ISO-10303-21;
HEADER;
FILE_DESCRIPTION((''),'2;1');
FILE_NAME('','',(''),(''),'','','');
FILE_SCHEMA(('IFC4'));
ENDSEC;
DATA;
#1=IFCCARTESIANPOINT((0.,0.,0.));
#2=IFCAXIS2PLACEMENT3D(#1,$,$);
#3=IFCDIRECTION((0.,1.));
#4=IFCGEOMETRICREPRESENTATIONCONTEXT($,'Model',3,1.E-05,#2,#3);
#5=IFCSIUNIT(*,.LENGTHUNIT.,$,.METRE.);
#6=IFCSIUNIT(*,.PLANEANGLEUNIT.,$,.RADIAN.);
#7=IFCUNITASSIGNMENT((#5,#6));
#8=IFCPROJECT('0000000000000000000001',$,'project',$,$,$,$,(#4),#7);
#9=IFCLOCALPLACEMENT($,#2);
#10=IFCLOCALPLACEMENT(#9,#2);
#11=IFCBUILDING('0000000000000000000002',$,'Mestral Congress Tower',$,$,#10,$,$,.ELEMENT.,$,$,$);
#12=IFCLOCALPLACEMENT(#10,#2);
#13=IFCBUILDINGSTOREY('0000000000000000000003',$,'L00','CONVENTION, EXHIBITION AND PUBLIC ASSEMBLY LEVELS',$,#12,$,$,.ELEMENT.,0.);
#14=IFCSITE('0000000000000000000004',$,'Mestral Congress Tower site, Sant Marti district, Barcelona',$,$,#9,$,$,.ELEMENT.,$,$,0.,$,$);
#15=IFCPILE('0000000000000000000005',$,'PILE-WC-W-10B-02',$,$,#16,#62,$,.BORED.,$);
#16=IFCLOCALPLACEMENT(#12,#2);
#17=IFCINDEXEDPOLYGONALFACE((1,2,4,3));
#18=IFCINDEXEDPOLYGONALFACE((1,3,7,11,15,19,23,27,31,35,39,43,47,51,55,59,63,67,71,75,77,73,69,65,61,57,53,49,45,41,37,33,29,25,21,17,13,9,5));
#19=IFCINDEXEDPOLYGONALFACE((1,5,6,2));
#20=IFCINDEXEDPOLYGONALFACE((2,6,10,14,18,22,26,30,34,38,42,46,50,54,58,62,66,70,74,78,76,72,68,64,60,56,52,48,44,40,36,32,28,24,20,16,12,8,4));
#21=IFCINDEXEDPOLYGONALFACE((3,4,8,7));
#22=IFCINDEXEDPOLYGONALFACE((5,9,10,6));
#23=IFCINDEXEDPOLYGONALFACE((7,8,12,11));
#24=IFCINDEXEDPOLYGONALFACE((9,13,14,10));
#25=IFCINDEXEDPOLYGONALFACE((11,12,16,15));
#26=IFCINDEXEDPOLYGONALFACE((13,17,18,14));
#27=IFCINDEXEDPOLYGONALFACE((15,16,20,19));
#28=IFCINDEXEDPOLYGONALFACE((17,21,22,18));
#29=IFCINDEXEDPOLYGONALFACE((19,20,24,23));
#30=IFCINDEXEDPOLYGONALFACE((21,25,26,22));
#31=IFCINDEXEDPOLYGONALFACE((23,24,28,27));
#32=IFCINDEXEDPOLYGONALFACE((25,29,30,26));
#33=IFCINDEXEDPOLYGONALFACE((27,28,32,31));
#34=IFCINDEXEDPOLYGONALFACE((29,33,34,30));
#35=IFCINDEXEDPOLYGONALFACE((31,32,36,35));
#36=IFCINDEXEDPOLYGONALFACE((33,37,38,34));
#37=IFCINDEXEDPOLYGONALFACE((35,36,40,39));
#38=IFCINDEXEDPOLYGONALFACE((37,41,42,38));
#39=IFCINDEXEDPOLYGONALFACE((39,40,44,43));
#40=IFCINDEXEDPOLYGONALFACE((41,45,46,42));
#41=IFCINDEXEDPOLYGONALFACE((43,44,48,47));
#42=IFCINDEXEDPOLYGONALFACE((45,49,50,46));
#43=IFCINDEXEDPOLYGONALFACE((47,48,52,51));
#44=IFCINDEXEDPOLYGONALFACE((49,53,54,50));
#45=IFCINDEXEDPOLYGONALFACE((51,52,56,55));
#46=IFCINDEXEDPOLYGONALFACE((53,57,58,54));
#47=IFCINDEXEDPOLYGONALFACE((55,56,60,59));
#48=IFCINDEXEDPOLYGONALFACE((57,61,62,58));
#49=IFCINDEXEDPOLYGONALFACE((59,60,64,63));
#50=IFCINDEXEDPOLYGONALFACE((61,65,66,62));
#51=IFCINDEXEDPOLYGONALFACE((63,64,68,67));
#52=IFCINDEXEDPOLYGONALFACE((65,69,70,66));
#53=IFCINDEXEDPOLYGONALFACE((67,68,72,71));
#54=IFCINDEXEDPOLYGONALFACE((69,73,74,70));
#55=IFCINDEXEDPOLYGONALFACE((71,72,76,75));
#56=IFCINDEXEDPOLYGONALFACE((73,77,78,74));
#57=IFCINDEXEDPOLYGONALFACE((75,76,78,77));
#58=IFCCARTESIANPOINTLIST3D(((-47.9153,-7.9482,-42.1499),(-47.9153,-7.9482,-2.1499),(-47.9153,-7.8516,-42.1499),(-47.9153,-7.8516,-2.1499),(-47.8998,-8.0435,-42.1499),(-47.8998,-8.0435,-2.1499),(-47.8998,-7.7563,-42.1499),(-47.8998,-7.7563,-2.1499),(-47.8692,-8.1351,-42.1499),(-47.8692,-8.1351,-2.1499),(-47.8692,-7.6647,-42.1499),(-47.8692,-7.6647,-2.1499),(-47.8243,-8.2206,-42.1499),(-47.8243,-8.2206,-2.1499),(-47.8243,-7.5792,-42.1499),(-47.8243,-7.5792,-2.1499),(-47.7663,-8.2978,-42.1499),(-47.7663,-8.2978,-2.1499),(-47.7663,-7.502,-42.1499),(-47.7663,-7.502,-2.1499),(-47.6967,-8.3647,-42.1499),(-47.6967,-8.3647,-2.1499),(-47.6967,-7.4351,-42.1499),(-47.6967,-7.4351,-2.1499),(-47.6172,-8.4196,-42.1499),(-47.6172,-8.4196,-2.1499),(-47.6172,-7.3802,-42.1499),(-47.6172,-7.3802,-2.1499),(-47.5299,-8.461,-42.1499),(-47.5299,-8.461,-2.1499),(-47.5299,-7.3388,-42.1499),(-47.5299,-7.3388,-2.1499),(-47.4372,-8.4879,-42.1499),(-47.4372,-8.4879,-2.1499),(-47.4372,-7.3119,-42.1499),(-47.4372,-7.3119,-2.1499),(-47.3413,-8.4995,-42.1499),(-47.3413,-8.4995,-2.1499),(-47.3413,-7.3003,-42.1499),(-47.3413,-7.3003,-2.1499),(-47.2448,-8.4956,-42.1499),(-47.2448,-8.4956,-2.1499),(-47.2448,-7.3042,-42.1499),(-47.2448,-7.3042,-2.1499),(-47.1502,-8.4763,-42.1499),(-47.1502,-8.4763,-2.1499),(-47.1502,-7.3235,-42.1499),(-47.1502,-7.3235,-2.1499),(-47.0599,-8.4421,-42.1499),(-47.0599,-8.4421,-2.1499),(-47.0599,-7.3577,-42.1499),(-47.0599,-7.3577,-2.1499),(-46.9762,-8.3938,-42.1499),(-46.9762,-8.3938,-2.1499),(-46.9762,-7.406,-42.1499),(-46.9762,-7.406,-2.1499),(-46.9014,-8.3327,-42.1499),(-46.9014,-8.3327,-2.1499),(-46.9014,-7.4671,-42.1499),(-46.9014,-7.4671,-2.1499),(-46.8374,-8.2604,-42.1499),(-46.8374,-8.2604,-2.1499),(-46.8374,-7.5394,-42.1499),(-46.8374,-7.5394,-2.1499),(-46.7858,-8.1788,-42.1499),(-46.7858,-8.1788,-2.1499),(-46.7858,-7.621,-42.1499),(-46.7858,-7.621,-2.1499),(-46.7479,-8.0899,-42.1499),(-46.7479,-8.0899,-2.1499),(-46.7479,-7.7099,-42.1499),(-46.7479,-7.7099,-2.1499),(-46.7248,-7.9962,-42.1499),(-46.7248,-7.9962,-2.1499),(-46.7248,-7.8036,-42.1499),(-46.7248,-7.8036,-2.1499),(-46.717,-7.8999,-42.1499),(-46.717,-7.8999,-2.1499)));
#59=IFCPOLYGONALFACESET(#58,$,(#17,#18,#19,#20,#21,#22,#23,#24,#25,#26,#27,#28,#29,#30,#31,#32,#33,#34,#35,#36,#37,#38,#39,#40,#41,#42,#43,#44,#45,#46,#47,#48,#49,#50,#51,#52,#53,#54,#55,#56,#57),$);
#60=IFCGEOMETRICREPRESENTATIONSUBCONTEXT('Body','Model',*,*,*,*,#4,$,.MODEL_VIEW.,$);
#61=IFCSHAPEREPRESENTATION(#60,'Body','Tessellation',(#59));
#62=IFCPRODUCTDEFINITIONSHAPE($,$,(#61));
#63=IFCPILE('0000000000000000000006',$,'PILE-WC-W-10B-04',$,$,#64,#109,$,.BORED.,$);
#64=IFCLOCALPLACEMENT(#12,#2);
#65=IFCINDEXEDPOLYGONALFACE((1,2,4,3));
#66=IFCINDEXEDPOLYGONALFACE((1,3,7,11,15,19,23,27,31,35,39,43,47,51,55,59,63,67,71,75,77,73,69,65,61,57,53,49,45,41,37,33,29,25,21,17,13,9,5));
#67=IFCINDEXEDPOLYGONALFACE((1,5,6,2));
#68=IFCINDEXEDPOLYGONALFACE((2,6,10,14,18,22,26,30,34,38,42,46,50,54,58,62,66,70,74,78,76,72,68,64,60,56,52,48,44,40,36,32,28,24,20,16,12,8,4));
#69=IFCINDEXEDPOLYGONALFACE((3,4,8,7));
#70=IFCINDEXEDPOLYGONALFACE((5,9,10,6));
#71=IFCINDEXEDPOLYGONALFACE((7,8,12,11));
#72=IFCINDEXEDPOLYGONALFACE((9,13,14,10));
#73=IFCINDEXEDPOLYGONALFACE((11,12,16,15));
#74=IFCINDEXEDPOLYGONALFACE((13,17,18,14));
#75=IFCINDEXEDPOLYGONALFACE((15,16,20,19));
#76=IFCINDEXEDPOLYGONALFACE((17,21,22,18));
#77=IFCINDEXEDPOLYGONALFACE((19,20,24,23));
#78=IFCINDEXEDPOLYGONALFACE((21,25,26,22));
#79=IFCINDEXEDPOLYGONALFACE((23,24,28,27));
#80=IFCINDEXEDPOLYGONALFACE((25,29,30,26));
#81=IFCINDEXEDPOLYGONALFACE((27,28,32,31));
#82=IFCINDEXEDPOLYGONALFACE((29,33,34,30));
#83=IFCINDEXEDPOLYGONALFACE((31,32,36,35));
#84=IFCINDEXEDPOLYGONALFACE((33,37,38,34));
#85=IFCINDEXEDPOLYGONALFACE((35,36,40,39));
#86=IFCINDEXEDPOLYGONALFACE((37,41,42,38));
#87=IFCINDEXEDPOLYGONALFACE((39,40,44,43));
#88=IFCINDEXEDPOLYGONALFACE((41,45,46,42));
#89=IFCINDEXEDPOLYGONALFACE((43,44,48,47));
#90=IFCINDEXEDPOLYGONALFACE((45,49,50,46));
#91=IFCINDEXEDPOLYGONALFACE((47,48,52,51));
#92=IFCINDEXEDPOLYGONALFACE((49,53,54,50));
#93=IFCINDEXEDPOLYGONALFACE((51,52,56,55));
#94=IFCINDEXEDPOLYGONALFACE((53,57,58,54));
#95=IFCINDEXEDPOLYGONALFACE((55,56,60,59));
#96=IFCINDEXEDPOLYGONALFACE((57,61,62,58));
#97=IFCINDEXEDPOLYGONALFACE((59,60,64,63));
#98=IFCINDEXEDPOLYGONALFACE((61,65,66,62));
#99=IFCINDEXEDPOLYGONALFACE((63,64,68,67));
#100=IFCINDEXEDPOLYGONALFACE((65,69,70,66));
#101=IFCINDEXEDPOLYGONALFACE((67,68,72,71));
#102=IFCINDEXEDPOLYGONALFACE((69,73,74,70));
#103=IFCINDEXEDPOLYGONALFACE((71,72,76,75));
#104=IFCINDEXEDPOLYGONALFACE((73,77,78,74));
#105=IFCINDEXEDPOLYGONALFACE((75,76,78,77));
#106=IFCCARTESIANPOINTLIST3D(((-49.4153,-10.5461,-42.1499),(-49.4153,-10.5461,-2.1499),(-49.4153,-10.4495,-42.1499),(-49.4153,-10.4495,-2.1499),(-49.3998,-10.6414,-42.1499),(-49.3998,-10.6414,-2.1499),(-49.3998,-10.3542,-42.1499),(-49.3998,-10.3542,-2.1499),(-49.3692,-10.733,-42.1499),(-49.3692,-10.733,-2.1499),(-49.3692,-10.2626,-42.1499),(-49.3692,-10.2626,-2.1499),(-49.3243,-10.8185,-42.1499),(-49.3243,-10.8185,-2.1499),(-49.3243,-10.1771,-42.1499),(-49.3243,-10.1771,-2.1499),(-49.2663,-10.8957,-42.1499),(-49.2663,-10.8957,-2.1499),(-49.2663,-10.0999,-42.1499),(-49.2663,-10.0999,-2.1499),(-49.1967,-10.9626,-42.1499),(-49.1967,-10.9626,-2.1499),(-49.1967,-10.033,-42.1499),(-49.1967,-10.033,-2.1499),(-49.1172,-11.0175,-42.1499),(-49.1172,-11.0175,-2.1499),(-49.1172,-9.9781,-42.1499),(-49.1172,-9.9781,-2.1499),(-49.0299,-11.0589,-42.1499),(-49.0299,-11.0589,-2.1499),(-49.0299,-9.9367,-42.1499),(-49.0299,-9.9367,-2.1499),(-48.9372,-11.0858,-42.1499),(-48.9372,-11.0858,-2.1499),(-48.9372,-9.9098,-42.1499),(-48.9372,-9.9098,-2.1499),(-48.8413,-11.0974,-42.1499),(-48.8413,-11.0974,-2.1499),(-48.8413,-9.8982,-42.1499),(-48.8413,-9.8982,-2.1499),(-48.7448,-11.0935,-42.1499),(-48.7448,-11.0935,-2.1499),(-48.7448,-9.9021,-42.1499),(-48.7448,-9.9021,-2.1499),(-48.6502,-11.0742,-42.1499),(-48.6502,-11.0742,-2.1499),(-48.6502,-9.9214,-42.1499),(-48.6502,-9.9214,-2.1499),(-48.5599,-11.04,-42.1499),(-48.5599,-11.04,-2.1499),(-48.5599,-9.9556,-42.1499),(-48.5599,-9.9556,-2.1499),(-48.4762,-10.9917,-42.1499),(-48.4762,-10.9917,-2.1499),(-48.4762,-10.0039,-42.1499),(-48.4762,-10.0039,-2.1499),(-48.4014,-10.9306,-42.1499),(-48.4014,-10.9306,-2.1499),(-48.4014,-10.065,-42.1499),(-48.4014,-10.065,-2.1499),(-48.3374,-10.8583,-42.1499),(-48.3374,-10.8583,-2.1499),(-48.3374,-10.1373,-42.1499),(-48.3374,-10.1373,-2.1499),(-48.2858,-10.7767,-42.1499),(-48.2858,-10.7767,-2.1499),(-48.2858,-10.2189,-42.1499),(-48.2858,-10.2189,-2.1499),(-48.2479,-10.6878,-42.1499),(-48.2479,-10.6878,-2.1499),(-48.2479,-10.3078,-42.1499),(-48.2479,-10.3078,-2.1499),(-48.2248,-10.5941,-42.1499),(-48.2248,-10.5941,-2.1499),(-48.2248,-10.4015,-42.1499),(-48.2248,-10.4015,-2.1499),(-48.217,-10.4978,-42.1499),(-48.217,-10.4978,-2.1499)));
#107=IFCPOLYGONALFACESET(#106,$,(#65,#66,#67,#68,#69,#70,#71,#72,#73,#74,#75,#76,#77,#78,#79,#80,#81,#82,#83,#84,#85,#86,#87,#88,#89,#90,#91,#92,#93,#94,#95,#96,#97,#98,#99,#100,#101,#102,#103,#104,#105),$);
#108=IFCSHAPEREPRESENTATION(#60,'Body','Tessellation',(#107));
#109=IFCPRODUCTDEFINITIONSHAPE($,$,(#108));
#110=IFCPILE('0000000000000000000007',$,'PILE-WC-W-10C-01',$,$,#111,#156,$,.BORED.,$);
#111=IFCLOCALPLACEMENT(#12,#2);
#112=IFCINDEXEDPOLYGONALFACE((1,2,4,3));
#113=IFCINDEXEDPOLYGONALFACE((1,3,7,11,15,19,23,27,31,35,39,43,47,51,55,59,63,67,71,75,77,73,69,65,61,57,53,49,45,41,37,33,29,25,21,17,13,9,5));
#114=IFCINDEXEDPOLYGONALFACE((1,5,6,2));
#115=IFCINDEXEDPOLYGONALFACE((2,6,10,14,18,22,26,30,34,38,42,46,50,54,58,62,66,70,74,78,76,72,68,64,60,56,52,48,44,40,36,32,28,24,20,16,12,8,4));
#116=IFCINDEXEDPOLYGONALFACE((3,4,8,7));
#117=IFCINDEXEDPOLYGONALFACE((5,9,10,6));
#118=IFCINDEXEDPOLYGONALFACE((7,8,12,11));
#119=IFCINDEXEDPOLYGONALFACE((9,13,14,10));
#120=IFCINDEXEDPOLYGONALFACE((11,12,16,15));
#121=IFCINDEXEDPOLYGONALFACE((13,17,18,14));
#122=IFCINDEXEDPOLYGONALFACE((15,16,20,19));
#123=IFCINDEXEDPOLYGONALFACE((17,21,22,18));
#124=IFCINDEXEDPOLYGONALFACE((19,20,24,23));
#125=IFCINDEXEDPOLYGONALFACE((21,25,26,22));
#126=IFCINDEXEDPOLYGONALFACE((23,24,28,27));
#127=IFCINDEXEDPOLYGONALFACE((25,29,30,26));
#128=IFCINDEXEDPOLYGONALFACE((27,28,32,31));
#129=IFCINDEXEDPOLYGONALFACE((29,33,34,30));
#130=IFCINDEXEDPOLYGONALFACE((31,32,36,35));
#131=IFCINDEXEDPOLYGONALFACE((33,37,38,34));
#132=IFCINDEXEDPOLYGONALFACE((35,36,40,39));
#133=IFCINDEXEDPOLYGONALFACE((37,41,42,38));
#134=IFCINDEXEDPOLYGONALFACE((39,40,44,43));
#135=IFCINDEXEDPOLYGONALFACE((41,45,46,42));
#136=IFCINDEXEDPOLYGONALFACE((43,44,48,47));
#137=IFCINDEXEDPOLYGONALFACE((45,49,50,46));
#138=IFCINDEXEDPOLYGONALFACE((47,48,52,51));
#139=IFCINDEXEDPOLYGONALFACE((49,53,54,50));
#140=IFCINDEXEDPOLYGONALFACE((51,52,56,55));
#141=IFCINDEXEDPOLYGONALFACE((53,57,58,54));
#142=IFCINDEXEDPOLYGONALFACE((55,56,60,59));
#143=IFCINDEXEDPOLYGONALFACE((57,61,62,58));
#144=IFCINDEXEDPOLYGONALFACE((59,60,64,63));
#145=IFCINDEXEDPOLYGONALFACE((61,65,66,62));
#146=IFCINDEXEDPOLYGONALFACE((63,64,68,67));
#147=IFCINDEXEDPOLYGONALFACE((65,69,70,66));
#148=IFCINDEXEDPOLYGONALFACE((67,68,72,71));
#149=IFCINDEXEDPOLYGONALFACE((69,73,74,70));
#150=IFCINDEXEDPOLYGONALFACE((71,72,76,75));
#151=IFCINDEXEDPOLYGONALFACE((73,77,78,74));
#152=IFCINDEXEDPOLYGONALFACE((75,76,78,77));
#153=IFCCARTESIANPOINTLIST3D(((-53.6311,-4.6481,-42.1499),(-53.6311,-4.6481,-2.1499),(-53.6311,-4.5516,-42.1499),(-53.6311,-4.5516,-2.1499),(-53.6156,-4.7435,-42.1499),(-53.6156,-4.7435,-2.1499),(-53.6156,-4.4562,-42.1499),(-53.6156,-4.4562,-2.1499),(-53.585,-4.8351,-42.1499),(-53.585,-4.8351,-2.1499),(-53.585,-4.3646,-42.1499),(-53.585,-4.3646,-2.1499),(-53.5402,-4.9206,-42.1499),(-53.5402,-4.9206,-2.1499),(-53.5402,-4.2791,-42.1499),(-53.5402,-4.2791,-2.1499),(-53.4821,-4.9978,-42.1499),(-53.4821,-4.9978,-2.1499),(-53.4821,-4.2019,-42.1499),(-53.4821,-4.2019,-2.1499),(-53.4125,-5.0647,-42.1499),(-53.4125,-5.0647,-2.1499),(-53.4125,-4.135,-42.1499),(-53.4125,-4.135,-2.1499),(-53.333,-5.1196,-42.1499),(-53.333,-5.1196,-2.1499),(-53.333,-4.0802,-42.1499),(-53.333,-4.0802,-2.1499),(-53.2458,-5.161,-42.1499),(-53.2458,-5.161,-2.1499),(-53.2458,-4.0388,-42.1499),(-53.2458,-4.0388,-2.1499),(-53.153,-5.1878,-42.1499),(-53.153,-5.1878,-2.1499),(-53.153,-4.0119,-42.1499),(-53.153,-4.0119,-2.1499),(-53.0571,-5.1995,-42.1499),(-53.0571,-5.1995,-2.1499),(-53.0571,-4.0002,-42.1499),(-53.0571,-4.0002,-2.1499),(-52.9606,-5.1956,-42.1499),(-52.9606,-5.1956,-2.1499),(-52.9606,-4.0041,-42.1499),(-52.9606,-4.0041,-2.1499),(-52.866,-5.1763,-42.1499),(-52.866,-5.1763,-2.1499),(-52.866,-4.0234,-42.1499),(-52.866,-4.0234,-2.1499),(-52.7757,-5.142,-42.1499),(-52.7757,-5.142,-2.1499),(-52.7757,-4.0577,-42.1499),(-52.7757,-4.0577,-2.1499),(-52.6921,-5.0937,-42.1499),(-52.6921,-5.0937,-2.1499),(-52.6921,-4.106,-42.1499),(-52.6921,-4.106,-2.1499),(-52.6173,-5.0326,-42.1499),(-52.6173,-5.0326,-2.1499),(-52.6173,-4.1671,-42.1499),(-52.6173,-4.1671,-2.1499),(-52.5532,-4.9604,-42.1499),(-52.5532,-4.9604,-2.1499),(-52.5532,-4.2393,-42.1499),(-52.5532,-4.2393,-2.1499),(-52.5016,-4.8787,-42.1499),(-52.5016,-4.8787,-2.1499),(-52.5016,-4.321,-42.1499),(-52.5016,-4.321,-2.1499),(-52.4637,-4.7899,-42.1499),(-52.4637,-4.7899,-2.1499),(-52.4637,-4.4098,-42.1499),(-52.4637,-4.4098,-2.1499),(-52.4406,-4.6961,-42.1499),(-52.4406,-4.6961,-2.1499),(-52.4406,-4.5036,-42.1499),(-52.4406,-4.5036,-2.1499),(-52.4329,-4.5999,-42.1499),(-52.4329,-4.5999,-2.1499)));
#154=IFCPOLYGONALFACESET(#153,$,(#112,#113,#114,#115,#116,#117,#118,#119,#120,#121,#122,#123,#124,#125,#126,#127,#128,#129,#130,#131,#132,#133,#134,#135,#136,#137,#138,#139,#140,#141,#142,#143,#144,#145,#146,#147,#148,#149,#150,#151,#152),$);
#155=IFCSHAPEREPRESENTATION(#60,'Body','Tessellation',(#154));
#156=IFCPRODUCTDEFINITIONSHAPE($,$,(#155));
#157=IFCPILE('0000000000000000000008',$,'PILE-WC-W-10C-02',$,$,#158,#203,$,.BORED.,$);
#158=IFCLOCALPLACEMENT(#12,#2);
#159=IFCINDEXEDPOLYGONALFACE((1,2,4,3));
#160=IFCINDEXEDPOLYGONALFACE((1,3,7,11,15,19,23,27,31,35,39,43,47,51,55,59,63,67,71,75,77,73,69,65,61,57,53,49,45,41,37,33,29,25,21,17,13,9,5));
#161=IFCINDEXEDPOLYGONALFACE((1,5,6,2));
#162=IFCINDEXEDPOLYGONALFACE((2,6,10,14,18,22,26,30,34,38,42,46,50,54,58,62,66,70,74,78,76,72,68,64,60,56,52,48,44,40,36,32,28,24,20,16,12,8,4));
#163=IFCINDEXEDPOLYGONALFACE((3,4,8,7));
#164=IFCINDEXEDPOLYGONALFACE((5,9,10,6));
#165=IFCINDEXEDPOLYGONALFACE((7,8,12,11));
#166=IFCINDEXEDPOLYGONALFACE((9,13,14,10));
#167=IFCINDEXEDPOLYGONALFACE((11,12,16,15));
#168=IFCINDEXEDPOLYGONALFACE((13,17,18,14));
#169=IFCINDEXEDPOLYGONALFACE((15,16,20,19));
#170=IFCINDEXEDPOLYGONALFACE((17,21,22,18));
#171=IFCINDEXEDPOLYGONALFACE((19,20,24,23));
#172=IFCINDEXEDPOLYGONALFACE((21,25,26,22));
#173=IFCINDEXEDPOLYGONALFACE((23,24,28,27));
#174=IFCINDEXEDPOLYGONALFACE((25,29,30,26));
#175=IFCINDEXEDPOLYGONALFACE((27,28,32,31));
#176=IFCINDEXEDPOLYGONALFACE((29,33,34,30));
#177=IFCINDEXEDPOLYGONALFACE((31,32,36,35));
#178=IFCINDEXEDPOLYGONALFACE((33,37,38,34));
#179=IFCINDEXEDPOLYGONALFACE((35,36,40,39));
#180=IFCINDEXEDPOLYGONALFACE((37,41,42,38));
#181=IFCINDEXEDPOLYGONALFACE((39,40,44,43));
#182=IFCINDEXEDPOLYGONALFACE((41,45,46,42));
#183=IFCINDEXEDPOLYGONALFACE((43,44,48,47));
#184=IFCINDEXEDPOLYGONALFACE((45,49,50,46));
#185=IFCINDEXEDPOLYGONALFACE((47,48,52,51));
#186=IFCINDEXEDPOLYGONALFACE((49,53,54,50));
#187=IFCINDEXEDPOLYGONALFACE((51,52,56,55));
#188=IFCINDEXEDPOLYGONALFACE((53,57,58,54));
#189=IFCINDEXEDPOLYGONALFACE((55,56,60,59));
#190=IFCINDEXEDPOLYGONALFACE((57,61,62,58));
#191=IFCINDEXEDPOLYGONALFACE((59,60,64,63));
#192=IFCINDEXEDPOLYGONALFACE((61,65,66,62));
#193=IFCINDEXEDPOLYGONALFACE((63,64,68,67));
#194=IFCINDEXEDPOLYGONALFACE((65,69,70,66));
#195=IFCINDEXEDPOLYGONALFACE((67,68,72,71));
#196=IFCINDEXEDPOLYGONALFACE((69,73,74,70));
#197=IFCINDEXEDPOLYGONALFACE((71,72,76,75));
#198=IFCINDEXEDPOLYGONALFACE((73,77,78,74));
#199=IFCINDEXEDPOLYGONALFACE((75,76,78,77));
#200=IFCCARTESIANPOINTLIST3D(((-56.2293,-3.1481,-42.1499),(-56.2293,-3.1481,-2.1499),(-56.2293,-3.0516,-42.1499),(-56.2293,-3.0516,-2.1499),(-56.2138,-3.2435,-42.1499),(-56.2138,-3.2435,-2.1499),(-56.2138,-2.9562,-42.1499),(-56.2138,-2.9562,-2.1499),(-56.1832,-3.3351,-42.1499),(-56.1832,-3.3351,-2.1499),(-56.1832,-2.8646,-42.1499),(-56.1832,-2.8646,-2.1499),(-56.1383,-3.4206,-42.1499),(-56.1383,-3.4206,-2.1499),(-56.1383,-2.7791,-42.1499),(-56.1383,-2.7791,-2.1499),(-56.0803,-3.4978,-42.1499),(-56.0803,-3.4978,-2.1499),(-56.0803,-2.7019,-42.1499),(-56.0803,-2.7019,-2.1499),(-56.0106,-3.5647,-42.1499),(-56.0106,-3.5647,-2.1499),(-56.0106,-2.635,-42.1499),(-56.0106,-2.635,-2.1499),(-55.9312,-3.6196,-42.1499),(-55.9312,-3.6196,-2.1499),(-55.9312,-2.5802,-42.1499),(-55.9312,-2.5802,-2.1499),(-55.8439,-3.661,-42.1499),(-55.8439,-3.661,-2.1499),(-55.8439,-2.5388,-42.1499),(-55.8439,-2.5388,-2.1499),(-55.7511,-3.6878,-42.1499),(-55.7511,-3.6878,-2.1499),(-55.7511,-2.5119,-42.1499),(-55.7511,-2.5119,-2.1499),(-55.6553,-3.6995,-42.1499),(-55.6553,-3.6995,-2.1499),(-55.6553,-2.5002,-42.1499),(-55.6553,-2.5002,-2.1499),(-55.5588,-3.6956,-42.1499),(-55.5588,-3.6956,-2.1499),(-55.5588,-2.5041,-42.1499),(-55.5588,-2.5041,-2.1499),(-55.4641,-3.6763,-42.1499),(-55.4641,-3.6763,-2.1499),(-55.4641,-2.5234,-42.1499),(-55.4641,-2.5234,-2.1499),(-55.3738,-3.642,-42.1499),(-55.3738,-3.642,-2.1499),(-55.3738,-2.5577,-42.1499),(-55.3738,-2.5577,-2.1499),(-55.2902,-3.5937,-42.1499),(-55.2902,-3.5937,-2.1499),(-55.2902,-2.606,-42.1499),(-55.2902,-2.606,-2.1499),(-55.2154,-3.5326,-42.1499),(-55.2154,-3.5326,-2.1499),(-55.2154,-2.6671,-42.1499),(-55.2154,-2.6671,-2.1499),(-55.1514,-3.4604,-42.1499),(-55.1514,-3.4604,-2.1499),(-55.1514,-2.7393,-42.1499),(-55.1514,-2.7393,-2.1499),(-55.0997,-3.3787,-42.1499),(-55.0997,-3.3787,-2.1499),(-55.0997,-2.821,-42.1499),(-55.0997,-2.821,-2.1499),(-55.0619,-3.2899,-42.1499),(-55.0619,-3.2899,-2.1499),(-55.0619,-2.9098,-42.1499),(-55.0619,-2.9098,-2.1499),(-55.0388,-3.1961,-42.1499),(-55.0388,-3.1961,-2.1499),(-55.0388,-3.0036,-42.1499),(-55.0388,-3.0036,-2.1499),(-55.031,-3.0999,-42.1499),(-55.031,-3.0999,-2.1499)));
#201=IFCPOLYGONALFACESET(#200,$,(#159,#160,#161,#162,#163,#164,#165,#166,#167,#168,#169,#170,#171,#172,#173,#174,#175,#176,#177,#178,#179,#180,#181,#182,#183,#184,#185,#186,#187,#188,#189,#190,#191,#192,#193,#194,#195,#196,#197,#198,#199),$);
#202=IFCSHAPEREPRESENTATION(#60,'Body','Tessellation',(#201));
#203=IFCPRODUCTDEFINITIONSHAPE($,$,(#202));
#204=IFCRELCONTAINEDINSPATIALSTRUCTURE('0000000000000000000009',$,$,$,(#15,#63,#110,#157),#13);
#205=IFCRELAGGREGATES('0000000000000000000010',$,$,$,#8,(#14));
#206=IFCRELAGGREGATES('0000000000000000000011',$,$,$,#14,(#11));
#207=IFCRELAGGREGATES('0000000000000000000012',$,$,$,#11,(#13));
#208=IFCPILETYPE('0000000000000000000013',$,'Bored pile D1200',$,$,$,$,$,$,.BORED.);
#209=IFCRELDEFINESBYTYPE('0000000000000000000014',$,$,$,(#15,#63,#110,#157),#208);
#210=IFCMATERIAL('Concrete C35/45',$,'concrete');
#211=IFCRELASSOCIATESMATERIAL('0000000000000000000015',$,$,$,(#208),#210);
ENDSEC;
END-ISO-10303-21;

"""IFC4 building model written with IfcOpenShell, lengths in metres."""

from ifc_helpers import new_model, si_unit, direction, frame, origin, origin_2d, place, context, subcontext, project, spatial, circle, extrude, material, material_profile, profile_set, type_object, element, save


model = new_model("IFC4")

# Units and contexts
model_context = context("Model", 3, precision=1e-05, world=origin(), true_north=direction((0.0, 1.0)))
body_context = subcontext(model_context, "Body", "Model", "MODEL_VIEW")
ifc_project = project(units=[si_unit("LENGTHUNIT", "METRE"), si_unit("PLANEANGLEUNIT", "RADIAN")], contexts=[model_context])

# Site, building, storey
site_placement = place(None, origin())
site = spatial("IfcSite", under=ifc_project, at=site_placement, Name="Mestral Congress Tower site, Sant Marti district, Barcelona", CompositionType="ELEMENT", RefElevation=0.0)
building_placement = place(site_placement, origin())
building = spatial("IfcBuilding", under=site, at=building_placement, Name="Mestral Congress Tower", CompositionType="ELEMENT")
storey_placement = place(building_placement, origin())
storey = spatial("IfcBuildingStorey", under=building, at=storey_placement, Name="L00", Description="CONVENTION, EXHIBITION AND PUBLIC ASSEMBLY LEVELS", CompositionType="ELEMENT", Elevation=0.0)

# Piles
ifc_material_1 = material(Name="Concrete C35/45", Category="concrete")
ifc_material_profile_1 = material_profile(ifc_material_1, circle(Radius=0.6001, at=origin_2d()), Name="D1200")
ifc_profile_set_1 = profile_set([ifc_material_profile_1], Name="Concrete C35/45")
pile_type = type_object("IfcPileType", Name="Bored pile D1200", PredefinedType="BORED", material=ifc_profile_set_1)
for number, where, z_axis, x_axis, name in (
    (1, (-47.3171, -7.8999, -2.1499), (0.0, 0.0, -1.0), (1.0, 0.0, 0.0), "PILE-WC-W-10B-02"),
    (2, (-48.8171, -10.4978, -2.1499), (0.0, 0.0, -1.0), (1.0, 0.0, 0.0), "PILE-WC-W-10B-04"),
    (3, (-53.033, -4.5999, -2.1499), (0.0, 0.0, -1.0), (1.0, 0.0, 0.0), "PILE-WC-W-10C-01"),
    (4, (-55.6311, -3.0999, -2.1499), (0.0, 0.0, -1.0), (1.0, 0.0, 0.0), "PILE-WC-W-10C-02"),
):
    element("IfcPile", number, at=place(storey_placement, frame(where, z_axis=z_axis, x_axis=x_axis)), inside=storey, type_object=pile_type, Name=name, PredefinedType="BORED", context=body_context, shape_type="SweptSolid", body=[
        extrude(circle(Radius=0.6001, at=origin_2d()), origin(), (0.0, 0.0, 1.0), 40.0),
    ])

save(model, "model.ifc")
